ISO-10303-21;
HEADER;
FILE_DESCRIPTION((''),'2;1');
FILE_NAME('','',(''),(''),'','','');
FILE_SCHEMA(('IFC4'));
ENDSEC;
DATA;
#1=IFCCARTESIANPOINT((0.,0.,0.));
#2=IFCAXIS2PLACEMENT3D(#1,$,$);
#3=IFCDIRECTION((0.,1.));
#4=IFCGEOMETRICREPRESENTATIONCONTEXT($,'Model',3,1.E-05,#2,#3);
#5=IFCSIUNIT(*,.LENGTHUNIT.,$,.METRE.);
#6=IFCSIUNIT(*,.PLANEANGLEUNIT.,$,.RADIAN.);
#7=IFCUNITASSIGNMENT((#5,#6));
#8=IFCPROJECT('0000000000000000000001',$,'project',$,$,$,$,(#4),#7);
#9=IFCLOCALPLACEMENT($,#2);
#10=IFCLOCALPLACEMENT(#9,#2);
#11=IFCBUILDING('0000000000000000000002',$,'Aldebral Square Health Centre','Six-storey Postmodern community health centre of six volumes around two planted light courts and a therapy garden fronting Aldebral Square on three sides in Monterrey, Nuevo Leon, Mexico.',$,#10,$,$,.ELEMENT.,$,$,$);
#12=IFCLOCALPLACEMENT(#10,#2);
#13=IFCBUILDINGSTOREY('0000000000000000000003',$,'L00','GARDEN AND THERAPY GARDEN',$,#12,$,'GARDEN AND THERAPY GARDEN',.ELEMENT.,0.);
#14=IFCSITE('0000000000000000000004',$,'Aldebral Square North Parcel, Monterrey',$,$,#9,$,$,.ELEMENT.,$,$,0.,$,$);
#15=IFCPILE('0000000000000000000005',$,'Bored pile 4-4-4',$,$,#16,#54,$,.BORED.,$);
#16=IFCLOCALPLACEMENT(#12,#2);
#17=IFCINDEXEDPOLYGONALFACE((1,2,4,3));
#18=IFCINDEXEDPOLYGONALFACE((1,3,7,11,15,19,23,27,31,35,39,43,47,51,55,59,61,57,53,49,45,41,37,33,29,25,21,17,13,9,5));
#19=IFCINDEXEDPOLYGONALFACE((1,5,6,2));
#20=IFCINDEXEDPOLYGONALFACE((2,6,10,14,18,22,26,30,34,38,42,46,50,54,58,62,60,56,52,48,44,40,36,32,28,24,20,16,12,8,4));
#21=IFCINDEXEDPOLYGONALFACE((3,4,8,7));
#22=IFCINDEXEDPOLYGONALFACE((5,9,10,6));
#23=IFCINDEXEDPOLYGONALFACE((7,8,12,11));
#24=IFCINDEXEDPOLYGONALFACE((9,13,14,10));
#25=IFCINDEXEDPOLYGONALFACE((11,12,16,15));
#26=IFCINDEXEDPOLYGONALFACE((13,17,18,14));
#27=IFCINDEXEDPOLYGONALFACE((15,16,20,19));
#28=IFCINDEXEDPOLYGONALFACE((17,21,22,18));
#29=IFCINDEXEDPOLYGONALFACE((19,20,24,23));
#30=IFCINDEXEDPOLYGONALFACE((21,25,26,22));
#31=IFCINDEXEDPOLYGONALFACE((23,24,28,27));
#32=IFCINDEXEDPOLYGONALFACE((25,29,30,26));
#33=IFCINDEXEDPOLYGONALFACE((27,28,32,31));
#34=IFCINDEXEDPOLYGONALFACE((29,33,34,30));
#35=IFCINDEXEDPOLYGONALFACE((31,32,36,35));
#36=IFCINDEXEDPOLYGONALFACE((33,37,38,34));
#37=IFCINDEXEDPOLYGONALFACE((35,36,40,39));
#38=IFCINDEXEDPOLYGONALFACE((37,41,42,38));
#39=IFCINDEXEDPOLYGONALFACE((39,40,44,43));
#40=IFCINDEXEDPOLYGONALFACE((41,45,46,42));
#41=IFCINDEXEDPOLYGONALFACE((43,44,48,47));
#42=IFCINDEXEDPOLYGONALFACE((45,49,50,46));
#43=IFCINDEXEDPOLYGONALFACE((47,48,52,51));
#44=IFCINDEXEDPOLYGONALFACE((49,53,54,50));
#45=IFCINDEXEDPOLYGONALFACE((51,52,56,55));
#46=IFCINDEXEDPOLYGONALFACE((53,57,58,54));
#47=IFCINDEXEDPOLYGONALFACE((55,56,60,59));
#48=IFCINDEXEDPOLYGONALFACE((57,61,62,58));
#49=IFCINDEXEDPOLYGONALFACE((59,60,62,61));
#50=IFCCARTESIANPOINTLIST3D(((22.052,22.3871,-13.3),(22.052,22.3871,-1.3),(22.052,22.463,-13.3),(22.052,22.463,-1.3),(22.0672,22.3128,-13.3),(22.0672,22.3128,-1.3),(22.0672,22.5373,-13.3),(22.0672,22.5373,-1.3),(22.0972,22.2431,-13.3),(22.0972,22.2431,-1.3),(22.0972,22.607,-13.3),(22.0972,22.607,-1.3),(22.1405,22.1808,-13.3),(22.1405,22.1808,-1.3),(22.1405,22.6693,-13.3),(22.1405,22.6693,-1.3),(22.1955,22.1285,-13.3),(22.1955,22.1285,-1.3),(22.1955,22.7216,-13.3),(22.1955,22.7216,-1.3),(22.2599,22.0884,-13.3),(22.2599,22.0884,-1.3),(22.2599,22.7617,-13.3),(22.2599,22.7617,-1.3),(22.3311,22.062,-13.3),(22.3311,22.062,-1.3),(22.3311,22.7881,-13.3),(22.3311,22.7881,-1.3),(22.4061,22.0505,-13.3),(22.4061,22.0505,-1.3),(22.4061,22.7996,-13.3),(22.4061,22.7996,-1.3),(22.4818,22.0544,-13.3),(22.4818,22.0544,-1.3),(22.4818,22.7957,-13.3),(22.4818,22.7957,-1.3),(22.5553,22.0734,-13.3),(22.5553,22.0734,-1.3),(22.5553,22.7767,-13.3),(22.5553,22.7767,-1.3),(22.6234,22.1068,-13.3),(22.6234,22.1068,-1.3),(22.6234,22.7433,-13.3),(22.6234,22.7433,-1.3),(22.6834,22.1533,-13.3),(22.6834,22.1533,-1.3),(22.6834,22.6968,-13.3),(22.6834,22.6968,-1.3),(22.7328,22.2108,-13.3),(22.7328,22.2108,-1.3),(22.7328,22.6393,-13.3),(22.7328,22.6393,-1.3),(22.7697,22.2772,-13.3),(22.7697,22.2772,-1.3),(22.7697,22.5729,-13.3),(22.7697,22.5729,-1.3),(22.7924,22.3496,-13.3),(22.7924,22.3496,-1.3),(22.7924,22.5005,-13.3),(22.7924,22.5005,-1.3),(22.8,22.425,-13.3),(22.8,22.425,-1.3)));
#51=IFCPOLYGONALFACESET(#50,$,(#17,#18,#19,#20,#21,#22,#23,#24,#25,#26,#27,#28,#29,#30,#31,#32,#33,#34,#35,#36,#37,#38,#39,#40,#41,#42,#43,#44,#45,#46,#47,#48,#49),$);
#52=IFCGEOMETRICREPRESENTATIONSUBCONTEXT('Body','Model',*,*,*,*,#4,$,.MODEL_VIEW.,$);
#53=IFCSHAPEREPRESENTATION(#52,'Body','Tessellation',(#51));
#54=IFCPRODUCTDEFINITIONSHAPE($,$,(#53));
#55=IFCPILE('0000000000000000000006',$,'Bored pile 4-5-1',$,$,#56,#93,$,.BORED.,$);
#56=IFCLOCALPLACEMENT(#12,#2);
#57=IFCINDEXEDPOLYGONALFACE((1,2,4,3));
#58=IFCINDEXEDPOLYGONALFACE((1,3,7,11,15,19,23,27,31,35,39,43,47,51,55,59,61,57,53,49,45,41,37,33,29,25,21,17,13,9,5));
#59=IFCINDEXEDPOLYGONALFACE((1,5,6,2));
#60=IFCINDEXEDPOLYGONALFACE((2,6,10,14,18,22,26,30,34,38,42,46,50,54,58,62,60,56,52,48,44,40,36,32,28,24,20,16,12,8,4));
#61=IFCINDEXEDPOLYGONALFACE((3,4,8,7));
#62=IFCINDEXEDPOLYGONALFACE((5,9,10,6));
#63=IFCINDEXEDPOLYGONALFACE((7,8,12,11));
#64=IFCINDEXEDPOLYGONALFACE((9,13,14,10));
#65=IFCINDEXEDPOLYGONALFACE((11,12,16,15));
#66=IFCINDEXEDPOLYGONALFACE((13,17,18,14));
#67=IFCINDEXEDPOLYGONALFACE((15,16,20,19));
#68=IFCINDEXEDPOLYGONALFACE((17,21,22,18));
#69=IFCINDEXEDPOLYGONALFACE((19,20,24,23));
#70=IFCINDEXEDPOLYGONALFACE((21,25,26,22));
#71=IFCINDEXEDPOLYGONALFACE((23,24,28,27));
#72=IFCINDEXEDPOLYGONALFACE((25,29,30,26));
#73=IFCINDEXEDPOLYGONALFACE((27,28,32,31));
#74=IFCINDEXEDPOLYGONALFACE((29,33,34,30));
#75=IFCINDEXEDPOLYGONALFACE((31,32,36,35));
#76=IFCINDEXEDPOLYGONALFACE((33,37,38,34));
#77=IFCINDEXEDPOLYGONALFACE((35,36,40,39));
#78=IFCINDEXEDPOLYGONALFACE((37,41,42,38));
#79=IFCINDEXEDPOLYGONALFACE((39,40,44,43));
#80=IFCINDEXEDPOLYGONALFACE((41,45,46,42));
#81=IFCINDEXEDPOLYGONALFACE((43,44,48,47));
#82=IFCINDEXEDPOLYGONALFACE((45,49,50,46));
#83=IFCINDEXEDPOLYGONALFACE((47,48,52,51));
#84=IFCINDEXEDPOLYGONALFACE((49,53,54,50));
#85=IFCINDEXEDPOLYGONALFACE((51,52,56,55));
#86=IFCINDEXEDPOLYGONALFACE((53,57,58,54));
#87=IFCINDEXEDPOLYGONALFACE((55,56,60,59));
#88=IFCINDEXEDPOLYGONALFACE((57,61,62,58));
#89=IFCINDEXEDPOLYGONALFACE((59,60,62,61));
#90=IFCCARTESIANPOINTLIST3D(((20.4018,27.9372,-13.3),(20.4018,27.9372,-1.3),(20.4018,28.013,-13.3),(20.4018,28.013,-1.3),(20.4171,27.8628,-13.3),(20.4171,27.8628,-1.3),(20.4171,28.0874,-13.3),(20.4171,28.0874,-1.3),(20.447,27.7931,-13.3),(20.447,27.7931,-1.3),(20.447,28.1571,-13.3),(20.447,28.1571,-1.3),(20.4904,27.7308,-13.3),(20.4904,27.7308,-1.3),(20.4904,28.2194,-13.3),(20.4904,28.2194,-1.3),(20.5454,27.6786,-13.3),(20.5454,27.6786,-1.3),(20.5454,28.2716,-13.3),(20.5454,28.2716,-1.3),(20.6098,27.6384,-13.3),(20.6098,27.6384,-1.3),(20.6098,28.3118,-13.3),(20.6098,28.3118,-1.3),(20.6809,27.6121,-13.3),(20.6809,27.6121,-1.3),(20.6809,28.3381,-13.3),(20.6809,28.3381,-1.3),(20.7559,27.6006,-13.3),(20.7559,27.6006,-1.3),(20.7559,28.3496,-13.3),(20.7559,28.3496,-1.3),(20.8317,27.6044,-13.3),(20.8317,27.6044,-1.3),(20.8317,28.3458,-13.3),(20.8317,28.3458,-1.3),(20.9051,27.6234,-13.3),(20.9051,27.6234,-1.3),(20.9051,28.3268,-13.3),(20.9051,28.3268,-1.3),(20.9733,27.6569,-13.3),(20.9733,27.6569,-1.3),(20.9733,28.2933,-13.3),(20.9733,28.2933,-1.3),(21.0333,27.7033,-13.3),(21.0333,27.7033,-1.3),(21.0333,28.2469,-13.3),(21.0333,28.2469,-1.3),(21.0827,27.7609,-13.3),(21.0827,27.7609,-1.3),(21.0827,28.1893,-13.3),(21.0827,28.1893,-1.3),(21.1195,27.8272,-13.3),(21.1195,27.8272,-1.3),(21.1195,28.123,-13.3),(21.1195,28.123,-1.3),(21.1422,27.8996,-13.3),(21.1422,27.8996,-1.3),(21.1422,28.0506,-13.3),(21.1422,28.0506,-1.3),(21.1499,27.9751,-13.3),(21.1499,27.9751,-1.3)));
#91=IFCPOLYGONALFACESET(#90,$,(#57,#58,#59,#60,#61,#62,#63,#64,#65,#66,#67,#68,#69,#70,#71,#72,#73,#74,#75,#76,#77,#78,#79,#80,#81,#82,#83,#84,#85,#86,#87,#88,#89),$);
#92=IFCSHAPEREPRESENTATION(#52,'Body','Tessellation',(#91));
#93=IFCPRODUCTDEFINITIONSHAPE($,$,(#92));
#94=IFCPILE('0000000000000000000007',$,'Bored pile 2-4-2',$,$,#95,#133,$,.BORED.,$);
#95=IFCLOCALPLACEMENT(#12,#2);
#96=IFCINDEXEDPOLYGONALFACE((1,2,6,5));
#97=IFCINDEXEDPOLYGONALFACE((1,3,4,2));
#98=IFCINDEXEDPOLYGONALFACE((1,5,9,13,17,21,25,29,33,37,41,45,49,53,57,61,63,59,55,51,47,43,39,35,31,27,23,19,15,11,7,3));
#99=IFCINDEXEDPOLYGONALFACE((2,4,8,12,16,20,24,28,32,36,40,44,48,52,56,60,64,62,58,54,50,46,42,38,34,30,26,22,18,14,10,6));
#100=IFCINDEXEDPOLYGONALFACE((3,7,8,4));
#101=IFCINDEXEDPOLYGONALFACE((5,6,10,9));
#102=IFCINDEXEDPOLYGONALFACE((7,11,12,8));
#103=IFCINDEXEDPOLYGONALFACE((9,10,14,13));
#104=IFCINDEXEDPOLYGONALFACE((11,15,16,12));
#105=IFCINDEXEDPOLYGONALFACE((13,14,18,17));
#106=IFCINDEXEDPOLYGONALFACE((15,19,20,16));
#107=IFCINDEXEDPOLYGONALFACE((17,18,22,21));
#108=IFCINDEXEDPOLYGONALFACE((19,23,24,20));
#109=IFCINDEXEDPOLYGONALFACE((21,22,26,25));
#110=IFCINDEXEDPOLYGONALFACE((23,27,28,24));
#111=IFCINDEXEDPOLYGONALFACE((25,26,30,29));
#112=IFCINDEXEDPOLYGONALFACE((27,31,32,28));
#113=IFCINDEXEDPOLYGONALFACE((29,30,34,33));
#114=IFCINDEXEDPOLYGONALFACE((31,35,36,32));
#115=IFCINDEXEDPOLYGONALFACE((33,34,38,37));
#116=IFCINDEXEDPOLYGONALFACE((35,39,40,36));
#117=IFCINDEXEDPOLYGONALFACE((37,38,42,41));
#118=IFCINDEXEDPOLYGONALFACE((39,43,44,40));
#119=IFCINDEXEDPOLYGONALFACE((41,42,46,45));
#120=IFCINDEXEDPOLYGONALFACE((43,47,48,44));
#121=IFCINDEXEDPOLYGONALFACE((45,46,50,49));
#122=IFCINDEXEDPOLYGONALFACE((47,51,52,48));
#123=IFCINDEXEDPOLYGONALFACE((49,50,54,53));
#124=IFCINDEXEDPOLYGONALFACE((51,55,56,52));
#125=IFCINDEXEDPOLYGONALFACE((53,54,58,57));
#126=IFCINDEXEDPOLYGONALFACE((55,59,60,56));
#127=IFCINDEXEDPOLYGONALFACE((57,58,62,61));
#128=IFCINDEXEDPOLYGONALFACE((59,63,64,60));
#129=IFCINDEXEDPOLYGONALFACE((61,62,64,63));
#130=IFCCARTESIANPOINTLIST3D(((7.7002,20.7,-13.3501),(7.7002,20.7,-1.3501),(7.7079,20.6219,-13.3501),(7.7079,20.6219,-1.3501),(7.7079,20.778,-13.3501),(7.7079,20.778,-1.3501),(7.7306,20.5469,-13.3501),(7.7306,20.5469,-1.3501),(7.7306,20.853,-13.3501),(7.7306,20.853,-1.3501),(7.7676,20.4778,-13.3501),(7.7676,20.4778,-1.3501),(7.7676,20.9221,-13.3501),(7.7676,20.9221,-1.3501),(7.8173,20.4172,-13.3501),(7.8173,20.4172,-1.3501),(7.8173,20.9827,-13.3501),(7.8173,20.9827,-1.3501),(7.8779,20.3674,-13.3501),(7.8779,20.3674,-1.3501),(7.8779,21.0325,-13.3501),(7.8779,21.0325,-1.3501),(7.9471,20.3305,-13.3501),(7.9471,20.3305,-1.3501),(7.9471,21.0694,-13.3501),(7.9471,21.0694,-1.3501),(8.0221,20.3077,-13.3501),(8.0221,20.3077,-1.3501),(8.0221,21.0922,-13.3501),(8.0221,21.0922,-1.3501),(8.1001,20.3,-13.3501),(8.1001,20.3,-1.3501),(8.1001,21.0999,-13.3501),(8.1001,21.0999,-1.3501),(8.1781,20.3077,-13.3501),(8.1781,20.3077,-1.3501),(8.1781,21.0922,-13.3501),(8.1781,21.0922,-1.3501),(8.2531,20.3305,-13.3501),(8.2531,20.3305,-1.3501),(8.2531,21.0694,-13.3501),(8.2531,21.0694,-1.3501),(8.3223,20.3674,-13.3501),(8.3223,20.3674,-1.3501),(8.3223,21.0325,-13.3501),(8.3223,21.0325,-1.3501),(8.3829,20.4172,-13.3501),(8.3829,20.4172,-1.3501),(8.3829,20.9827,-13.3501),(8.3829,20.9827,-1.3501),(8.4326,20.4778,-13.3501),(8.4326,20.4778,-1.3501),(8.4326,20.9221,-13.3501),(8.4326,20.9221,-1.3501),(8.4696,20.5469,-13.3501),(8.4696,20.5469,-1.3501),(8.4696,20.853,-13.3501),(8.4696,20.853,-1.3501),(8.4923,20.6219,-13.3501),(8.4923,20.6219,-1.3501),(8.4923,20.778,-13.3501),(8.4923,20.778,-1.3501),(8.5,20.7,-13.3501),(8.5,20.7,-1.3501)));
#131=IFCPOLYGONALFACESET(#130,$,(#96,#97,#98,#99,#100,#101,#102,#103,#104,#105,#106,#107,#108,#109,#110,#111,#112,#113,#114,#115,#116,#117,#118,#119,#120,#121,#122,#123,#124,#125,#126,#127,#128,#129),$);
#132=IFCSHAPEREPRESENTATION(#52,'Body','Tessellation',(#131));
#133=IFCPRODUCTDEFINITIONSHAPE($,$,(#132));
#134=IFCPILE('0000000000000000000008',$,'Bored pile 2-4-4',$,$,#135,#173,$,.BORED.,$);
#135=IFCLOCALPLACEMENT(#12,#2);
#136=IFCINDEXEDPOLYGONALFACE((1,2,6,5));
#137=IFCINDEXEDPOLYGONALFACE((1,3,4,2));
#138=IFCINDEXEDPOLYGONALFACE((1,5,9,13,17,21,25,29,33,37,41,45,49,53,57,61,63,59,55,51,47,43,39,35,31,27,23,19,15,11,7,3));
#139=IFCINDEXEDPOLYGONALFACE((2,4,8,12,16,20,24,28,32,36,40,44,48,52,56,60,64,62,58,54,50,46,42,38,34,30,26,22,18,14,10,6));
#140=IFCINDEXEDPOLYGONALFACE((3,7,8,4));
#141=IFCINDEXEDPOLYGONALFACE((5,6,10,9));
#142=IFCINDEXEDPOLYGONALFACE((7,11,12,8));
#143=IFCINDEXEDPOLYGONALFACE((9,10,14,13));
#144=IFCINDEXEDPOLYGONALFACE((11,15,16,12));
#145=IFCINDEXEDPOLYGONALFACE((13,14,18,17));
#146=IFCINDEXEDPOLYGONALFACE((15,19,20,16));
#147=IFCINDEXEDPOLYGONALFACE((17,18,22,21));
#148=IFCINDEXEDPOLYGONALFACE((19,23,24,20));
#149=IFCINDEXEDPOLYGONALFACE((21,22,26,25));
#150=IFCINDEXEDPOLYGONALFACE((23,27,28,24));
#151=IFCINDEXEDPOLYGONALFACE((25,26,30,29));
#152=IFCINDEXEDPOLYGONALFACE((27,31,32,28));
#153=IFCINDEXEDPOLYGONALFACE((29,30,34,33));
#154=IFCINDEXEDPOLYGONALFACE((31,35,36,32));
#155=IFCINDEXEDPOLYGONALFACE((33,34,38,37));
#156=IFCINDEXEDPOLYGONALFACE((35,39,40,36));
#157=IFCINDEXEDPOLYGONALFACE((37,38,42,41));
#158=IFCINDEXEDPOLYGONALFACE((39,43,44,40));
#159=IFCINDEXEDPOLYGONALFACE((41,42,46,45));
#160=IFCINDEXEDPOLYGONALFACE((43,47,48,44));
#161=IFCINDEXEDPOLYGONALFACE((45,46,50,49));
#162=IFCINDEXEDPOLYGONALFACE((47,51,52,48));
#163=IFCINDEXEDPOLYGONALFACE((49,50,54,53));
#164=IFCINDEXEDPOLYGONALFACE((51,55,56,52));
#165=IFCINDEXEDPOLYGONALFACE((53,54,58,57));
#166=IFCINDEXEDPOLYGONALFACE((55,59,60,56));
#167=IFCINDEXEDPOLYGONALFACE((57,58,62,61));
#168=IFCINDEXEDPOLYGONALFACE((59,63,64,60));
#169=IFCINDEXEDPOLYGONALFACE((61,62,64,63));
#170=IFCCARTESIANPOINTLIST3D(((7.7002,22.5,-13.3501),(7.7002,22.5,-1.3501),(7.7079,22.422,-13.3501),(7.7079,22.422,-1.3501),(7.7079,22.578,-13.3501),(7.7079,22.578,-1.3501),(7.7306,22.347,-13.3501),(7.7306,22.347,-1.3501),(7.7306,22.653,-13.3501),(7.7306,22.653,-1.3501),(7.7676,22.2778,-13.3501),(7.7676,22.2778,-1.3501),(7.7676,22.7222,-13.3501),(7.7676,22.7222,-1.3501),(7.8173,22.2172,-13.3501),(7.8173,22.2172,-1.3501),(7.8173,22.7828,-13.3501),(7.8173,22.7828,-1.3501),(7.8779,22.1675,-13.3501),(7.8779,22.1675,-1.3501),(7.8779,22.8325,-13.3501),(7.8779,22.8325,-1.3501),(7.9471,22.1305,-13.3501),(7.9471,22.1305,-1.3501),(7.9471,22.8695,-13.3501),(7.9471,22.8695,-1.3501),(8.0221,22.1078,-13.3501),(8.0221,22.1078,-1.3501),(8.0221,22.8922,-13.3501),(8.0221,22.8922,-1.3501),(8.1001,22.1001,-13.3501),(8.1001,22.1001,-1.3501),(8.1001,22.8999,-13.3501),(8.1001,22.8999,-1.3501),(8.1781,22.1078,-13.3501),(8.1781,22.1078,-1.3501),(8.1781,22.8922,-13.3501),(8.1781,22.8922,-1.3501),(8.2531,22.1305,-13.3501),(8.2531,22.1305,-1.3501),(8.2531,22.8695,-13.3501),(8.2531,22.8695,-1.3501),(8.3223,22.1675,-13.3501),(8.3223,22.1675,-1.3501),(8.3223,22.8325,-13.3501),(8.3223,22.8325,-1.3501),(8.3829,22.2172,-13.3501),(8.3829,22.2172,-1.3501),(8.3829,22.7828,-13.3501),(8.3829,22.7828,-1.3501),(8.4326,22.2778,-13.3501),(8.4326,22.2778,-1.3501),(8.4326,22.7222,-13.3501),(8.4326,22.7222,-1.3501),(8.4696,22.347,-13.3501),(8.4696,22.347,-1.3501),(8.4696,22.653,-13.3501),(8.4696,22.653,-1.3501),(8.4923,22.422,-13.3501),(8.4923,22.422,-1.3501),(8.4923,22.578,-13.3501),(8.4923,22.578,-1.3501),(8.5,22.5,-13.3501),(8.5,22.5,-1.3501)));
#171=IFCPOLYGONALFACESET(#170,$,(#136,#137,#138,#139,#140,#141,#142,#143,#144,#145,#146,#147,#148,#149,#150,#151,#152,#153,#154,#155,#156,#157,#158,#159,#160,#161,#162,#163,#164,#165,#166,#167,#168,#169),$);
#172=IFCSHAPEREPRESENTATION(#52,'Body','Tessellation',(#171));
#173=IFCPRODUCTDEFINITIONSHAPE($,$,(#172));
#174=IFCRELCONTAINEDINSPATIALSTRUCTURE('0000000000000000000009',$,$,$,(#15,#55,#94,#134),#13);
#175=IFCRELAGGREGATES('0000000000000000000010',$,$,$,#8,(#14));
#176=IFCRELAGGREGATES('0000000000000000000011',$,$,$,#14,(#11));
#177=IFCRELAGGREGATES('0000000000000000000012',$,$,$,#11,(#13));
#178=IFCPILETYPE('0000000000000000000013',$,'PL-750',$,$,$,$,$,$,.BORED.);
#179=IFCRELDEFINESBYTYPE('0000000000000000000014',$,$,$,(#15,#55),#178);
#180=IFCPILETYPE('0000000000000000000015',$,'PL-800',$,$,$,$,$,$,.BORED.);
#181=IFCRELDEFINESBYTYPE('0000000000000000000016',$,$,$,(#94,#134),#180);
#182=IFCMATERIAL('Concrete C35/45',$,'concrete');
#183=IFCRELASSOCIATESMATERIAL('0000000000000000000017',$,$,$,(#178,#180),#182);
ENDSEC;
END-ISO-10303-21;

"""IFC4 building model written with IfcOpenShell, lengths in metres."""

from ifc_helpers import new_model, si_unit, direction, frame, origin, origin_2d, place, context, subcontext, project, spatial, circle, extrude, material, material_profile, profile_set, type_object, element, save


model = new_model("IFC4")

# Units and contexts
model_context = context("Model", 3, precision=1e-05, world=origin(), true_north=direction((0.0, 1.0)))
body_context = subcontext(model_context, "Body", "Model", "MODEL_VIEW")
ifc_project = project(units=[si_unit("LENGTHUNIT", "METRE"), si_unit("PLANEANGLEUNIT", "RADIAN")], contexts=[model_context])

# Site, building, storey
site_placement = place(None, origin())
site = spatial("IfcSite", under=ifc_project, at=site_placement, Name="Aldebral Square North Parcel, Monterrey", CompositionType="ELEMENT", RefElevation=0.0)
building_placement = place(site_placement, origin())
building = spatial("IfcBuilding", under=site, at=building_placement, Name="Aldebral Square Health Centre", Description="Six-storey Postmodern community health centre of six volumes around two planted light courts and a therapy garden fronting Aldebral Square on three sides in Monterrey, Nuevo Leon, Mexico.", CompositionType="ELEMENT")
storey_placement = place(building_placement, origin())
storey = spatial("IfcBuildingStorey", under=building, at=storey_placement, Name="L00", Description="GARDEN AND THERAPY GARDEN", LongName="GARDEN AND THERAPY GARDEN", CompositionType="ELEMENT", Elevation=0.0)

# Shared definitions
ifc_material_1 = material(Name="Concrete C35/45", Category="concrete")

# Piles
ifc_material_profile_1 = material_profile(ifc_material_1, circle(Radius=0.375, at=origin_2d()), Name="PILE D750")
ifc_profile_set_1 = profile_set([ifc_material_profile_1], Name="Concrete C35/45")
pile_type_1 = type_object("IfcPileType", Name="PL-750", PredefinedType="BORED", material=ifc_profile_set_1)
for number, where, z_axis, x_axis, name in (
    (1, (22.425, 22.425, -1.3), (0.0, 0.0, -1.0), (1.0, 0.0, 0.0), "Bored pile 4-4-4"),
    (2, (20.7749, 27.9751, -1.3), (0.0, 0.0, -1.0), (1.0, 0.0, 0.0), "Bored pile 4-5-1"),
):
    element("IfcPile", number, at=place(storey_placement, frame(where, z_axis=z_axis, x_axis=x_axis)), inside=storey, type_object=pile_type_1, Name=name, PredefinedType="BORED", context=body_context, shape_type="SweptSolid", body=[
        extrude(circle(Radius=0.375, at=origin_2d()), origin(), (0.0, 0.0, 1.0), 12.0),
    ])
ifc_material_profile_2 = material_profile(ifc_material_1, circle(Radius=0.3999, at=origin_2d()), Name="PILE D800")
ifc_profile_set_2 = profile_set([ifc_material_profile_2], Name="Concrete C35/45")
pile_type_2 = type_object("IfcPileType", Name="PL-800", PredefinedType="BORED", material=ifc_profile_set_2)
for number, where, z_axis, x_axis, name in (
    (3, (8.1001, 20.7, -1.3501), (0.0, 0.0, -1.0), (1.0, 0.0, 0.0), "Bored pile 2-4-2"),
    (4, (8.1001, 22.5, -1.3501), (0.0, 0.0, -1.0), (1.0, 0.0, 0.0), "Bored pile 2-4-4"),
):
    element("IfcPile", number, at=place(storey_placement, frame(where, z_axis=z_axis, x_axis=x_axis)), inside=storey, type_object=pile_type_2, Name=name, PredefinedType="BORED", context=body_context, shape_type="SweptSolid", body=[
        extrude(circle(Radius=0.3999, at=origin_2d()), origin(), (0.0, 0.0, 1.0), 12.0),
    ])

save(model, "model.ifc")
